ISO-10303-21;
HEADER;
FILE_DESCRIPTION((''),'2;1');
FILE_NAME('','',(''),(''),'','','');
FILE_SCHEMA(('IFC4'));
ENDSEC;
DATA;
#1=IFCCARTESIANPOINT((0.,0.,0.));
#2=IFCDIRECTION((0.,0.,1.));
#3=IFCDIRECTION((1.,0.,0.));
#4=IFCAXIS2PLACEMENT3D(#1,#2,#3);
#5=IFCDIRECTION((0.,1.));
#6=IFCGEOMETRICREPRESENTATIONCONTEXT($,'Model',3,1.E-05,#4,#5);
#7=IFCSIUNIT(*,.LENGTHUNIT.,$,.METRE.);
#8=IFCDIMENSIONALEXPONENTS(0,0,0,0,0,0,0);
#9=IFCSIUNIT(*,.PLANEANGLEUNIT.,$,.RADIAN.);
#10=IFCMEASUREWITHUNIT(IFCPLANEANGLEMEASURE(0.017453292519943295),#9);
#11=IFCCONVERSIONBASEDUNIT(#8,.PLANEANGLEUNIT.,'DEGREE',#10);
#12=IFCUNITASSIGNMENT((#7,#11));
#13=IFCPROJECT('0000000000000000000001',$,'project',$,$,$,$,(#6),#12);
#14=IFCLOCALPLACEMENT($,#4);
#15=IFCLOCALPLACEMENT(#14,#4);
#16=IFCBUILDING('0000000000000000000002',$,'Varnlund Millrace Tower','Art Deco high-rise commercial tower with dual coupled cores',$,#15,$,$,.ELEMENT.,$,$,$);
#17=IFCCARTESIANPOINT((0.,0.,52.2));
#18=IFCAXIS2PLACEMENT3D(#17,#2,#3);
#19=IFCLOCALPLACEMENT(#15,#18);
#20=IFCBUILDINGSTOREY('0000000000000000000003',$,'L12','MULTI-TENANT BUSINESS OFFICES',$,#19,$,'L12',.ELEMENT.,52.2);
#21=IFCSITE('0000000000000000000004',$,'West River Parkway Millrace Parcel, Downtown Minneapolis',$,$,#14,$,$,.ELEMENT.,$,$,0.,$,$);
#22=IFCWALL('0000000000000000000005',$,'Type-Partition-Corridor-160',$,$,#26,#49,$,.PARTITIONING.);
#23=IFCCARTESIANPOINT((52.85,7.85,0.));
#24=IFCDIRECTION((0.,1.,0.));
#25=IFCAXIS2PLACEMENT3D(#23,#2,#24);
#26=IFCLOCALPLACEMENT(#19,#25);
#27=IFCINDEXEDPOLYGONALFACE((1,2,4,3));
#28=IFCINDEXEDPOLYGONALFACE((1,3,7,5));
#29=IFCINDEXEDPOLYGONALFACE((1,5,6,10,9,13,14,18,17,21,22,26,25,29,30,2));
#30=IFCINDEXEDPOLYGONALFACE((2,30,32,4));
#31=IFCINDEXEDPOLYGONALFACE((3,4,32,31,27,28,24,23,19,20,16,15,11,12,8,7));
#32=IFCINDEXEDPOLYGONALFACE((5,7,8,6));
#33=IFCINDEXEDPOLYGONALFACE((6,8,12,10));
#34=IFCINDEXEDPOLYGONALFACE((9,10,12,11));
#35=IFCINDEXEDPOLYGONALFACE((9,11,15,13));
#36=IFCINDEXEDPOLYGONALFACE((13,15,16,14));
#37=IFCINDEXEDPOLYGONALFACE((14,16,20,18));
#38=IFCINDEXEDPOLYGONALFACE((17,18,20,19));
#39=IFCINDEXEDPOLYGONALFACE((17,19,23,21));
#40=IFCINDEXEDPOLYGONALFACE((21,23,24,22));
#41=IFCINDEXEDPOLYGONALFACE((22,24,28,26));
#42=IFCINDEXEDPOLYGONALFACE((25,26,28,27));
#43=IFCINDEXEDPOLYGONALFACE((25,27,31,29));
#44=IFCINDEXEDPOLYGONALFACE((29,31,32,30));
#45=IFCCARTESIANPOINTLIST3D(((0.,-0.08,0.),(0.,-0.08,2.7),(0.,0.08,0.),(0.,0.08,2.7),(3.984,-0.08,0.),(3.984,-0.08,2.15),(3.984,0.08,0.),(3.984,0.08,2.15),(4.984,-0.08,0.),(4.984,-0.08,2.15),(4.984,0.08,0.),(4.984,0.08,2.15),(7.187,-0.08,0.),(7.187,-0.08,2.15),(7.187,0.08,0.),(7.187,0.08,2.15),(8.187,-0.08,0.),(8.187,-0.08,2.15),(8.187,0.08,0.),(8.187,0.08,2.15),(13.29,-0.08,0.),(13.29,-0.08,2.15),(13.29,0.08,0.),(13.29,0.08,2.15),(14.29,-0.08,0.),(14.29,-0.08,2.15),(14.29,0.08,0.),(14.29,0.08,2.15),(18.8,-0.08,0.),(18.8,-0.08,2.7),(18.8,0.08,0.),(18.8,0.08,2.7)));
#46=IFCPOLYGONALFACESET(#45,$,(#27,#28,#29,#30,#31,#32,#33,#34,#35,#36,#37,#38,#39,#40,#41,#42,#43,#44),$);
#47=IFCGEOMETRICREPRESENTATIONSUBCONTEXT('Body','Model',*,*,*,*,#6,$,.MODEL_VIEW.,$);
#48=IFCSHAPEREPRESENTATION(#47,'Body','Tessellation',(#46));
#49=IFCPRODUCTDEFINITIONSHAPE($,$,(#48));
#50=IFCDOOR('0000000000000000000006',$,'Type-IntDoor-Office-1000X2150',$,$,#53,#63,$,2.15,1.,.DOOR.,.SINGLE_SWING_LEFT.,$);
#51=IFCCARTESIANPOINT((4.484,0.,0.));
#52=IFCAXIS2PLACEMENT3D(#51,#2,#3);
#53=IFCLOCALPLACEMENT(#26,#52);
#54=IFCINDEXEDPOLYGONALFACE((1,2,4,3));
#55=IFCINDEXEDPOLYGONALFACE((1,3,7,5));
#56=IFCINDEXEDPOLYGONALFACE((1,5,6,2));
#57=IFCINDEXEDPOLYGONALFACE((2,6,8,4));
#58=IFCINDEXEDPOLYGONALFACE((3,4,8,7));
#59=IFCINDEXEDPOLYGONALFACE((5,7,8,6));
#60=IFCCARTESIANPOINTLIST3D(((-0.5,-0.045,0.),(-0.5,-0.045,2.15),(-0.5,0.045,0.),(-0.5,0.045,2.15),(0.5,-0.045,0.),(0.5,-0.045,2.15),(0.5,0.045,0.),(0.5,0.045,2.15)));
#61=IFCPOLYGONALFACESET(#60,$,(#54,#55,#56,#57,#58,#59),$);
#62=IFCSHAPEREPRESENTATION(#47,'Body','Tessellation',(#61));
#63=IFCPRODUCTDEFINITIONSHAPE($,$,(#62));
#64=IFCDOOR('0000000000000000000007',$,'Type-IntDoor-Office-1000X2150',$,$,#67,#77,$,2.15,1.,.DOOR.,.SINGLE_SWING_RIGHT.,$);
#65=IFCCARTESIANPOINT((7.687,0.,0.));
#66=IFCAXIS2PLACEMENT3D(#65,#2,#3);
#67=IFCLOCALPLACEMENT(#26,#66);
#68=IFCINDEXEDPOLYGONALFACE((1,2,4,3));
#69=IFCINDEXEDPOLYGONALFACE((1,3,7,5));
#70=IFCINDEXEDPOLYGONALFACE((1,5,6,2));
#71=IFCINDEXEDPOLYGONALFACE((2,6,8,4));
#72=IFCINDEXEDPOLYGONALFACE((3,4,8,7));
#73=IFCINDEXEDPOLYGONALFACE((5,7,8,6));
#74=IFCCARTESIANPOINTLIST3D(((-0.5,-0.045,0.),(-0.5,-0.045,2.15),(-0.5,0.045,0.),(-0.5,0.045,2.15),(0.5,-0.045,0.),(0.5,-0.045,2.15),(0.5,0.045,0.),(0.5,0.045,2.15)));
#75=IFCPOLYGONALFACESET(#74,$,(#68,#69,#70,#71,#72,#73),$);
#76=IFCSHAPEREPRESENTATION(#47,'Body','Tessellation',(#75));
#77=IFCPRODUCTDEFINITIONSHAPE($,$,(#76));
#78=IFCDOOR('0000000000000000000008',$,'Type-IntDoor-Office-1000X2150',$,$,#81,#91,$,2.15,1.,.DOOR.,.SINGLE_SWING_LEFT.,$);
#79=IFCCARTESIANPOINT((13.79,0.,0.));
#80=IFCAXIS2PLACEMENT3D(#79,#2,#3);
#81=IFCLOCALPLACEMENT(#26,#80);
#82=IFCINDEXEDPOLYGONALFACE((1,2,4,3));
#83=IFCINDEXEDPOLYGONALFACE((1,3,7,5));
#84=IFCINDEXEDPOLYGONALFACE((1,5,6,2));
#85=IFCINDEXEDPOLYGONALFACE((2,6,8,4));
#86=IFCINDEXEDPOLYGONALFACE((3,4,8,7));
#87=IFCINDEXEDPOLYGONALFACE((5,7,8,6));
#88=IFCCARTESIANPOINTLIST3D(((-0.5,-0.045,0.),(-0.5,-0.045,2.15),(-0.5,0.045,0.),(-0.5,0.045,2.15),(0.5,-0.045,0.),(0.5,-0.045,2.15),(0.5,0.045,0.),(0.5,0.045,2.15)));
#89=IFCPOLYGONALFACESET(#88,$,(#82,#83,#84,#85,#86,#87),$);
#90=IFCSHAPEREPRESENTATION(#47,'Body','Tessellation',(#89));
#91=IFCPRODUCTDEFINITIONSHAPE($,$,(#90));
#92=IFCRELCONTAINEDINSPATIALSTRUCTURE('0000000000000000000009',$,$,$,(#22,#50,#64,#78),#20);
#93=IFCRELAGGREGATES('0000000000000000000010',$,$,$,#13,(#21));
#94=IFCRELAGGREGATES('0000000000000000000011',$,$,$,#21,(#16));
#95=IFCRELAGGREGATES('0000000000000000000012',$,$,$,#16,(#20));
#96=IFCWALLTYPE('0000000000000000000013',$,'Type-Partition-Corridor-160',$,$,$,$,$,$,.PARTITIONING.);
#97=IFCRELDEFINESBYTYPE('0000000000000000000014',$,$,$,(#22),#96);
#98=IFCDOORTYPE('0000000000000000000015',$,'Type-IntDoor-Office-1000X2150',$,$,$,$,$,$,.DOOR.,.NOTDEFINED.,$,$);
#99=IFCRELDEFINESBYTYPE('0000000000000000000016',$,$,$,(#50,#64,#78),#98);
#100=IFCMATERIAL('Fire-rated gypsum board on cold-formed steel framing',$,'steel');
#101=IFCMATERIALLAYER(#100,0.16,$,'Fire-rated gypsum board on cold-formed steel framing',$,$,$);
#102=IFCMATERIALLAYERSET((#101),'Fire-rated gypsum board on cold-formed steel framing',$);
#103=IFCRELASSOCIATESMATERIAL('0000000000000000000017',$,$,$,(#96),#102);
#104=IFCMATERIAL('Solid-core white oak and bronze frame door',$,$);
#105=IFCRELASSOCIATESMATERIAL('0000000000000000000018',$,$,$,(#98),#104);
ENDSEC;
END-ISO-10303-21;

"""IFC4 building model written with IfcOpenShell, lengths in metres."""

from ifc_helpers import new_model, entity, si_unit, converted_unit, direction, frame, origin_with_axes, origin_2d_with_axis, place, context, subcontext, project, spatial, polyline, rectangle, outline, extrude, material, layer, layer_set, type_object, element, fill, save


model = new_model("IFC4")

# Units and contexts
model_context = context("Model", 3, precision=1e-05, world=origin_with_axes(), true_north=direction((0.0, 1.0)))
body_context = subcontext(model_context, "Body", "Model", "MODEL_VIEW")
ifc_project = project(units=[si_unit("LENGTHUNIT", "METRE"), converted_unit("PLANEANGLEUNIT", "DEGREE", entity("IfcPlaneAngleMeasure", 0.017453292519943295), si_unit("PLANEANGLEUNIT", "RADIAN"), dimensions=[0, 0, 0, 0, 0, 0, 0])], contexts=[model_context])

# Site, building, storey
site_placement = place(None, origin_with_axes())
site = spatial("IfcSite", under=ifc_project, at=site_placement, Name="West River Parkway Millrace Parcel, Downtown Minneapolis", CompositionType="ELEMENT", RefElevation=0.0)
building_placement = place(site_placement, origin_with_axes())
building = spatial("IfcBuilding", under=site, at=building_placement, Name="Varnlund Millrace Tower", Description="Art Deco high-rise commercial tower with dual coupled cores", CompositionType="ELEMENT")
storey_placement = place(building_placement, frame((0.0, 0.0, 52.2), z_axis=(0.0, 0.0, 1.0), x_axis=(1.0, 0.0, 0.0)))
storey = spatial("IfcBuildingStorey", under=building, at=storey_placement, Name="L12", Description="MULTI-TENANT BUSINESS OFFICES", LongName="L12", CompositionType="ELEMENT", Elevation=52.2)

# Wall, openings, doors
ifc_material_1 = material(Name="Fire-rated gypsum board on cold-formed steel framing", Category="steel")
ifc_layer_1 = layer(ifc_material_1, 0.16, Name="Fire-rated gypsum board on cold-formed steel framing")
ifc_layer_set_1 = layer_set([ifc_layer_1], Name="Fire-rated gypsum board on cold-formed steel framing")
wall_type_1 = type_object("IfcWallType", Name="Type-Partition-Corridor-160", PredefinedType="PARTITIONING", material=ifc_layer_set_1)
wall_1_placement = place(storey_placement, frame((52.85, 7.85, 0.0), z_axis=(0.0, 0.0, 1.0), x_axis=(0.0, 1.0, 0.0)))
wall_1 = element("IfcWall", 1, at=wall_1_placement, inside=storey, type_object=wall_type_1, Name="Type-Partition-Corridor-160", PredefinedType="PARTITIONING", context=body_context, shape_type="SweptSolid", body=[
    extrude(outline(polyline([(0.0, -0.08), (18.8, -0.08), (18.8, 0.08), (0.0, 0.08), (0.0, -0.08)])), origin_with_axes(), (0.0, 0.0, 1.0), 2.7),
])
opening_1_placement = place(wall_1_placement, frame((4.484, 0.0, 0.0), z_axis=(0.0, 0.0, 1.0), x_axis=(1.0, 0.0, 0.0)))
opening_1 = element("IfcOpeningElement", 2, at=opening_1_placement, cuts=wall_1, PredefinedType="OPENING", context=body_context, shape_type="SweptSolid", body=[
    extrude(rectangle(XDim=1.0, YDim=0.18, at=origin_2d_with_axis()), origin_with_axes(), (0.0, 0.0, 1.0), 2.15),
])
opening_2_placement = place(wall_1_placement, frame((7.687, 0.0, 0.0), z_axis=(0.0, 0.0, 1.0), x_axis=(1.0, 0.0, 0.0)))
opening_2 = element("IfcOpeningElement", 3, at=opening_2_placement, cuts=wall_1, PredefinedType="OPENING", context=body_context, shape_type="SweptSolid", body=[
    extrude(rectangle(XDim=1.0, YDim=0.18, at=origin_2d_with_axis()), origin_with_axes(), (0.0, 0.0, 1.0), 2.15),
])
opening_3_placement = place(wall_1_placement, frame((13.79, 0.0, 0.0), z_axis=(0.0, 0.0, 1.0), x_axis=(1.0, 0.0, 0.0)))
opening_3 = element("IfcOpeningElement", 4, at=opening_3_placement, cuts=wall_1, PredefinedType="OPENING", context=body_context, shape_type="SweptSolid", body=[
    extrude(rectangle(XDim=1.0, YDim=0.18, at=origin_2d_with_axis()), origin_with_axes(), (0.0, 0.0, 1.0), 2.15),
])
ifc_material_2 = material(Name="Solid-core white oak and bronze frame door")
door_type = type_object("IfcDoorType", Name="Type-IntDoor-Office-1000X2150", OperationType="NOTDEFINED", PredefinedType="DOOR", material=ifc_material_2)
door_1_placement = place(wall_1_placement, frame((4.484, 0.0, 0.0), z_axis=(0.0, 0.0, 1.0), x_axis=(1.0, 0.0, 0.0)))
door_1 = element("IfcDoor", 5, at=door_1_placement, inside=storey, type_object=door_type, Name="Type-IntDoor-Office-1000X2150", OperationType="SINGLE_SWING_LEFT", OverallHeight=2.15, OverallWidth=1.0, PredefinedType="DOOR", context=body_context, shape_type="SweptSolid", body=[
    extrude(rectangle(XDim=1.0, YDim=0.09, at=origin_2d_with_axis()), origin_with_axes(), (0.0, 0.0, 1.0), 2.15),
])
fill(opening_1, door_1)
door_2_placement = place(wall_1_placement, frame((7.687, 0.0, 0.0), z_axis=(0.0, 0.0, 1.0), x_axis=(1.0, 0.0, 0.0)))
door_2 = element("IfcDoor", 6, at=door_2_placement, inside=storey, type_object=door_type, Name="Type-IntDoor-Office-1000X2150", OperationType="SINGLE_SWING_RIGHT", OverallHeight=2.15, OverallWidth=1.0, PredefinedType="DOOR", context=body_context, shape_type="SweptSolid", body=[
    extrude(rectangle(XDim=1.0, YDim=0.09, at=origin_2d_with_axis()), origin_with_axes(), (0.0, 0.0, 1.0), 2.15),
])
fill(opening_2, door_2)
door_3_placement = place(wall_1_placement, frame((13.79, 0.0, 0.0), z_axis=(0.0, 0.0, 1.0), x_axis=(1.0, 0.0, 0.0)))
door_3 = element("IfcDoor", 7, at=door_3_placement, inside=storey, type_object=door_type, Name="Type-IntDoor-Office-1000X2150", OperationType="SINGLE_SWING_LEFT", OverallHeight=2.15, OverallWidth=1.0, PredefinedType="DOOR", context=body_context, shape_type="SweptSolid", body=[
    extrude(rectangle(XDim=1.0, YDim=0.09, at=origin_2d_with_axis()), origin_with_axes(), (0.0, 0.0, 1.0), 2.15),
])
fill(opening_3, door_3)

save(model, "model.ifc")
